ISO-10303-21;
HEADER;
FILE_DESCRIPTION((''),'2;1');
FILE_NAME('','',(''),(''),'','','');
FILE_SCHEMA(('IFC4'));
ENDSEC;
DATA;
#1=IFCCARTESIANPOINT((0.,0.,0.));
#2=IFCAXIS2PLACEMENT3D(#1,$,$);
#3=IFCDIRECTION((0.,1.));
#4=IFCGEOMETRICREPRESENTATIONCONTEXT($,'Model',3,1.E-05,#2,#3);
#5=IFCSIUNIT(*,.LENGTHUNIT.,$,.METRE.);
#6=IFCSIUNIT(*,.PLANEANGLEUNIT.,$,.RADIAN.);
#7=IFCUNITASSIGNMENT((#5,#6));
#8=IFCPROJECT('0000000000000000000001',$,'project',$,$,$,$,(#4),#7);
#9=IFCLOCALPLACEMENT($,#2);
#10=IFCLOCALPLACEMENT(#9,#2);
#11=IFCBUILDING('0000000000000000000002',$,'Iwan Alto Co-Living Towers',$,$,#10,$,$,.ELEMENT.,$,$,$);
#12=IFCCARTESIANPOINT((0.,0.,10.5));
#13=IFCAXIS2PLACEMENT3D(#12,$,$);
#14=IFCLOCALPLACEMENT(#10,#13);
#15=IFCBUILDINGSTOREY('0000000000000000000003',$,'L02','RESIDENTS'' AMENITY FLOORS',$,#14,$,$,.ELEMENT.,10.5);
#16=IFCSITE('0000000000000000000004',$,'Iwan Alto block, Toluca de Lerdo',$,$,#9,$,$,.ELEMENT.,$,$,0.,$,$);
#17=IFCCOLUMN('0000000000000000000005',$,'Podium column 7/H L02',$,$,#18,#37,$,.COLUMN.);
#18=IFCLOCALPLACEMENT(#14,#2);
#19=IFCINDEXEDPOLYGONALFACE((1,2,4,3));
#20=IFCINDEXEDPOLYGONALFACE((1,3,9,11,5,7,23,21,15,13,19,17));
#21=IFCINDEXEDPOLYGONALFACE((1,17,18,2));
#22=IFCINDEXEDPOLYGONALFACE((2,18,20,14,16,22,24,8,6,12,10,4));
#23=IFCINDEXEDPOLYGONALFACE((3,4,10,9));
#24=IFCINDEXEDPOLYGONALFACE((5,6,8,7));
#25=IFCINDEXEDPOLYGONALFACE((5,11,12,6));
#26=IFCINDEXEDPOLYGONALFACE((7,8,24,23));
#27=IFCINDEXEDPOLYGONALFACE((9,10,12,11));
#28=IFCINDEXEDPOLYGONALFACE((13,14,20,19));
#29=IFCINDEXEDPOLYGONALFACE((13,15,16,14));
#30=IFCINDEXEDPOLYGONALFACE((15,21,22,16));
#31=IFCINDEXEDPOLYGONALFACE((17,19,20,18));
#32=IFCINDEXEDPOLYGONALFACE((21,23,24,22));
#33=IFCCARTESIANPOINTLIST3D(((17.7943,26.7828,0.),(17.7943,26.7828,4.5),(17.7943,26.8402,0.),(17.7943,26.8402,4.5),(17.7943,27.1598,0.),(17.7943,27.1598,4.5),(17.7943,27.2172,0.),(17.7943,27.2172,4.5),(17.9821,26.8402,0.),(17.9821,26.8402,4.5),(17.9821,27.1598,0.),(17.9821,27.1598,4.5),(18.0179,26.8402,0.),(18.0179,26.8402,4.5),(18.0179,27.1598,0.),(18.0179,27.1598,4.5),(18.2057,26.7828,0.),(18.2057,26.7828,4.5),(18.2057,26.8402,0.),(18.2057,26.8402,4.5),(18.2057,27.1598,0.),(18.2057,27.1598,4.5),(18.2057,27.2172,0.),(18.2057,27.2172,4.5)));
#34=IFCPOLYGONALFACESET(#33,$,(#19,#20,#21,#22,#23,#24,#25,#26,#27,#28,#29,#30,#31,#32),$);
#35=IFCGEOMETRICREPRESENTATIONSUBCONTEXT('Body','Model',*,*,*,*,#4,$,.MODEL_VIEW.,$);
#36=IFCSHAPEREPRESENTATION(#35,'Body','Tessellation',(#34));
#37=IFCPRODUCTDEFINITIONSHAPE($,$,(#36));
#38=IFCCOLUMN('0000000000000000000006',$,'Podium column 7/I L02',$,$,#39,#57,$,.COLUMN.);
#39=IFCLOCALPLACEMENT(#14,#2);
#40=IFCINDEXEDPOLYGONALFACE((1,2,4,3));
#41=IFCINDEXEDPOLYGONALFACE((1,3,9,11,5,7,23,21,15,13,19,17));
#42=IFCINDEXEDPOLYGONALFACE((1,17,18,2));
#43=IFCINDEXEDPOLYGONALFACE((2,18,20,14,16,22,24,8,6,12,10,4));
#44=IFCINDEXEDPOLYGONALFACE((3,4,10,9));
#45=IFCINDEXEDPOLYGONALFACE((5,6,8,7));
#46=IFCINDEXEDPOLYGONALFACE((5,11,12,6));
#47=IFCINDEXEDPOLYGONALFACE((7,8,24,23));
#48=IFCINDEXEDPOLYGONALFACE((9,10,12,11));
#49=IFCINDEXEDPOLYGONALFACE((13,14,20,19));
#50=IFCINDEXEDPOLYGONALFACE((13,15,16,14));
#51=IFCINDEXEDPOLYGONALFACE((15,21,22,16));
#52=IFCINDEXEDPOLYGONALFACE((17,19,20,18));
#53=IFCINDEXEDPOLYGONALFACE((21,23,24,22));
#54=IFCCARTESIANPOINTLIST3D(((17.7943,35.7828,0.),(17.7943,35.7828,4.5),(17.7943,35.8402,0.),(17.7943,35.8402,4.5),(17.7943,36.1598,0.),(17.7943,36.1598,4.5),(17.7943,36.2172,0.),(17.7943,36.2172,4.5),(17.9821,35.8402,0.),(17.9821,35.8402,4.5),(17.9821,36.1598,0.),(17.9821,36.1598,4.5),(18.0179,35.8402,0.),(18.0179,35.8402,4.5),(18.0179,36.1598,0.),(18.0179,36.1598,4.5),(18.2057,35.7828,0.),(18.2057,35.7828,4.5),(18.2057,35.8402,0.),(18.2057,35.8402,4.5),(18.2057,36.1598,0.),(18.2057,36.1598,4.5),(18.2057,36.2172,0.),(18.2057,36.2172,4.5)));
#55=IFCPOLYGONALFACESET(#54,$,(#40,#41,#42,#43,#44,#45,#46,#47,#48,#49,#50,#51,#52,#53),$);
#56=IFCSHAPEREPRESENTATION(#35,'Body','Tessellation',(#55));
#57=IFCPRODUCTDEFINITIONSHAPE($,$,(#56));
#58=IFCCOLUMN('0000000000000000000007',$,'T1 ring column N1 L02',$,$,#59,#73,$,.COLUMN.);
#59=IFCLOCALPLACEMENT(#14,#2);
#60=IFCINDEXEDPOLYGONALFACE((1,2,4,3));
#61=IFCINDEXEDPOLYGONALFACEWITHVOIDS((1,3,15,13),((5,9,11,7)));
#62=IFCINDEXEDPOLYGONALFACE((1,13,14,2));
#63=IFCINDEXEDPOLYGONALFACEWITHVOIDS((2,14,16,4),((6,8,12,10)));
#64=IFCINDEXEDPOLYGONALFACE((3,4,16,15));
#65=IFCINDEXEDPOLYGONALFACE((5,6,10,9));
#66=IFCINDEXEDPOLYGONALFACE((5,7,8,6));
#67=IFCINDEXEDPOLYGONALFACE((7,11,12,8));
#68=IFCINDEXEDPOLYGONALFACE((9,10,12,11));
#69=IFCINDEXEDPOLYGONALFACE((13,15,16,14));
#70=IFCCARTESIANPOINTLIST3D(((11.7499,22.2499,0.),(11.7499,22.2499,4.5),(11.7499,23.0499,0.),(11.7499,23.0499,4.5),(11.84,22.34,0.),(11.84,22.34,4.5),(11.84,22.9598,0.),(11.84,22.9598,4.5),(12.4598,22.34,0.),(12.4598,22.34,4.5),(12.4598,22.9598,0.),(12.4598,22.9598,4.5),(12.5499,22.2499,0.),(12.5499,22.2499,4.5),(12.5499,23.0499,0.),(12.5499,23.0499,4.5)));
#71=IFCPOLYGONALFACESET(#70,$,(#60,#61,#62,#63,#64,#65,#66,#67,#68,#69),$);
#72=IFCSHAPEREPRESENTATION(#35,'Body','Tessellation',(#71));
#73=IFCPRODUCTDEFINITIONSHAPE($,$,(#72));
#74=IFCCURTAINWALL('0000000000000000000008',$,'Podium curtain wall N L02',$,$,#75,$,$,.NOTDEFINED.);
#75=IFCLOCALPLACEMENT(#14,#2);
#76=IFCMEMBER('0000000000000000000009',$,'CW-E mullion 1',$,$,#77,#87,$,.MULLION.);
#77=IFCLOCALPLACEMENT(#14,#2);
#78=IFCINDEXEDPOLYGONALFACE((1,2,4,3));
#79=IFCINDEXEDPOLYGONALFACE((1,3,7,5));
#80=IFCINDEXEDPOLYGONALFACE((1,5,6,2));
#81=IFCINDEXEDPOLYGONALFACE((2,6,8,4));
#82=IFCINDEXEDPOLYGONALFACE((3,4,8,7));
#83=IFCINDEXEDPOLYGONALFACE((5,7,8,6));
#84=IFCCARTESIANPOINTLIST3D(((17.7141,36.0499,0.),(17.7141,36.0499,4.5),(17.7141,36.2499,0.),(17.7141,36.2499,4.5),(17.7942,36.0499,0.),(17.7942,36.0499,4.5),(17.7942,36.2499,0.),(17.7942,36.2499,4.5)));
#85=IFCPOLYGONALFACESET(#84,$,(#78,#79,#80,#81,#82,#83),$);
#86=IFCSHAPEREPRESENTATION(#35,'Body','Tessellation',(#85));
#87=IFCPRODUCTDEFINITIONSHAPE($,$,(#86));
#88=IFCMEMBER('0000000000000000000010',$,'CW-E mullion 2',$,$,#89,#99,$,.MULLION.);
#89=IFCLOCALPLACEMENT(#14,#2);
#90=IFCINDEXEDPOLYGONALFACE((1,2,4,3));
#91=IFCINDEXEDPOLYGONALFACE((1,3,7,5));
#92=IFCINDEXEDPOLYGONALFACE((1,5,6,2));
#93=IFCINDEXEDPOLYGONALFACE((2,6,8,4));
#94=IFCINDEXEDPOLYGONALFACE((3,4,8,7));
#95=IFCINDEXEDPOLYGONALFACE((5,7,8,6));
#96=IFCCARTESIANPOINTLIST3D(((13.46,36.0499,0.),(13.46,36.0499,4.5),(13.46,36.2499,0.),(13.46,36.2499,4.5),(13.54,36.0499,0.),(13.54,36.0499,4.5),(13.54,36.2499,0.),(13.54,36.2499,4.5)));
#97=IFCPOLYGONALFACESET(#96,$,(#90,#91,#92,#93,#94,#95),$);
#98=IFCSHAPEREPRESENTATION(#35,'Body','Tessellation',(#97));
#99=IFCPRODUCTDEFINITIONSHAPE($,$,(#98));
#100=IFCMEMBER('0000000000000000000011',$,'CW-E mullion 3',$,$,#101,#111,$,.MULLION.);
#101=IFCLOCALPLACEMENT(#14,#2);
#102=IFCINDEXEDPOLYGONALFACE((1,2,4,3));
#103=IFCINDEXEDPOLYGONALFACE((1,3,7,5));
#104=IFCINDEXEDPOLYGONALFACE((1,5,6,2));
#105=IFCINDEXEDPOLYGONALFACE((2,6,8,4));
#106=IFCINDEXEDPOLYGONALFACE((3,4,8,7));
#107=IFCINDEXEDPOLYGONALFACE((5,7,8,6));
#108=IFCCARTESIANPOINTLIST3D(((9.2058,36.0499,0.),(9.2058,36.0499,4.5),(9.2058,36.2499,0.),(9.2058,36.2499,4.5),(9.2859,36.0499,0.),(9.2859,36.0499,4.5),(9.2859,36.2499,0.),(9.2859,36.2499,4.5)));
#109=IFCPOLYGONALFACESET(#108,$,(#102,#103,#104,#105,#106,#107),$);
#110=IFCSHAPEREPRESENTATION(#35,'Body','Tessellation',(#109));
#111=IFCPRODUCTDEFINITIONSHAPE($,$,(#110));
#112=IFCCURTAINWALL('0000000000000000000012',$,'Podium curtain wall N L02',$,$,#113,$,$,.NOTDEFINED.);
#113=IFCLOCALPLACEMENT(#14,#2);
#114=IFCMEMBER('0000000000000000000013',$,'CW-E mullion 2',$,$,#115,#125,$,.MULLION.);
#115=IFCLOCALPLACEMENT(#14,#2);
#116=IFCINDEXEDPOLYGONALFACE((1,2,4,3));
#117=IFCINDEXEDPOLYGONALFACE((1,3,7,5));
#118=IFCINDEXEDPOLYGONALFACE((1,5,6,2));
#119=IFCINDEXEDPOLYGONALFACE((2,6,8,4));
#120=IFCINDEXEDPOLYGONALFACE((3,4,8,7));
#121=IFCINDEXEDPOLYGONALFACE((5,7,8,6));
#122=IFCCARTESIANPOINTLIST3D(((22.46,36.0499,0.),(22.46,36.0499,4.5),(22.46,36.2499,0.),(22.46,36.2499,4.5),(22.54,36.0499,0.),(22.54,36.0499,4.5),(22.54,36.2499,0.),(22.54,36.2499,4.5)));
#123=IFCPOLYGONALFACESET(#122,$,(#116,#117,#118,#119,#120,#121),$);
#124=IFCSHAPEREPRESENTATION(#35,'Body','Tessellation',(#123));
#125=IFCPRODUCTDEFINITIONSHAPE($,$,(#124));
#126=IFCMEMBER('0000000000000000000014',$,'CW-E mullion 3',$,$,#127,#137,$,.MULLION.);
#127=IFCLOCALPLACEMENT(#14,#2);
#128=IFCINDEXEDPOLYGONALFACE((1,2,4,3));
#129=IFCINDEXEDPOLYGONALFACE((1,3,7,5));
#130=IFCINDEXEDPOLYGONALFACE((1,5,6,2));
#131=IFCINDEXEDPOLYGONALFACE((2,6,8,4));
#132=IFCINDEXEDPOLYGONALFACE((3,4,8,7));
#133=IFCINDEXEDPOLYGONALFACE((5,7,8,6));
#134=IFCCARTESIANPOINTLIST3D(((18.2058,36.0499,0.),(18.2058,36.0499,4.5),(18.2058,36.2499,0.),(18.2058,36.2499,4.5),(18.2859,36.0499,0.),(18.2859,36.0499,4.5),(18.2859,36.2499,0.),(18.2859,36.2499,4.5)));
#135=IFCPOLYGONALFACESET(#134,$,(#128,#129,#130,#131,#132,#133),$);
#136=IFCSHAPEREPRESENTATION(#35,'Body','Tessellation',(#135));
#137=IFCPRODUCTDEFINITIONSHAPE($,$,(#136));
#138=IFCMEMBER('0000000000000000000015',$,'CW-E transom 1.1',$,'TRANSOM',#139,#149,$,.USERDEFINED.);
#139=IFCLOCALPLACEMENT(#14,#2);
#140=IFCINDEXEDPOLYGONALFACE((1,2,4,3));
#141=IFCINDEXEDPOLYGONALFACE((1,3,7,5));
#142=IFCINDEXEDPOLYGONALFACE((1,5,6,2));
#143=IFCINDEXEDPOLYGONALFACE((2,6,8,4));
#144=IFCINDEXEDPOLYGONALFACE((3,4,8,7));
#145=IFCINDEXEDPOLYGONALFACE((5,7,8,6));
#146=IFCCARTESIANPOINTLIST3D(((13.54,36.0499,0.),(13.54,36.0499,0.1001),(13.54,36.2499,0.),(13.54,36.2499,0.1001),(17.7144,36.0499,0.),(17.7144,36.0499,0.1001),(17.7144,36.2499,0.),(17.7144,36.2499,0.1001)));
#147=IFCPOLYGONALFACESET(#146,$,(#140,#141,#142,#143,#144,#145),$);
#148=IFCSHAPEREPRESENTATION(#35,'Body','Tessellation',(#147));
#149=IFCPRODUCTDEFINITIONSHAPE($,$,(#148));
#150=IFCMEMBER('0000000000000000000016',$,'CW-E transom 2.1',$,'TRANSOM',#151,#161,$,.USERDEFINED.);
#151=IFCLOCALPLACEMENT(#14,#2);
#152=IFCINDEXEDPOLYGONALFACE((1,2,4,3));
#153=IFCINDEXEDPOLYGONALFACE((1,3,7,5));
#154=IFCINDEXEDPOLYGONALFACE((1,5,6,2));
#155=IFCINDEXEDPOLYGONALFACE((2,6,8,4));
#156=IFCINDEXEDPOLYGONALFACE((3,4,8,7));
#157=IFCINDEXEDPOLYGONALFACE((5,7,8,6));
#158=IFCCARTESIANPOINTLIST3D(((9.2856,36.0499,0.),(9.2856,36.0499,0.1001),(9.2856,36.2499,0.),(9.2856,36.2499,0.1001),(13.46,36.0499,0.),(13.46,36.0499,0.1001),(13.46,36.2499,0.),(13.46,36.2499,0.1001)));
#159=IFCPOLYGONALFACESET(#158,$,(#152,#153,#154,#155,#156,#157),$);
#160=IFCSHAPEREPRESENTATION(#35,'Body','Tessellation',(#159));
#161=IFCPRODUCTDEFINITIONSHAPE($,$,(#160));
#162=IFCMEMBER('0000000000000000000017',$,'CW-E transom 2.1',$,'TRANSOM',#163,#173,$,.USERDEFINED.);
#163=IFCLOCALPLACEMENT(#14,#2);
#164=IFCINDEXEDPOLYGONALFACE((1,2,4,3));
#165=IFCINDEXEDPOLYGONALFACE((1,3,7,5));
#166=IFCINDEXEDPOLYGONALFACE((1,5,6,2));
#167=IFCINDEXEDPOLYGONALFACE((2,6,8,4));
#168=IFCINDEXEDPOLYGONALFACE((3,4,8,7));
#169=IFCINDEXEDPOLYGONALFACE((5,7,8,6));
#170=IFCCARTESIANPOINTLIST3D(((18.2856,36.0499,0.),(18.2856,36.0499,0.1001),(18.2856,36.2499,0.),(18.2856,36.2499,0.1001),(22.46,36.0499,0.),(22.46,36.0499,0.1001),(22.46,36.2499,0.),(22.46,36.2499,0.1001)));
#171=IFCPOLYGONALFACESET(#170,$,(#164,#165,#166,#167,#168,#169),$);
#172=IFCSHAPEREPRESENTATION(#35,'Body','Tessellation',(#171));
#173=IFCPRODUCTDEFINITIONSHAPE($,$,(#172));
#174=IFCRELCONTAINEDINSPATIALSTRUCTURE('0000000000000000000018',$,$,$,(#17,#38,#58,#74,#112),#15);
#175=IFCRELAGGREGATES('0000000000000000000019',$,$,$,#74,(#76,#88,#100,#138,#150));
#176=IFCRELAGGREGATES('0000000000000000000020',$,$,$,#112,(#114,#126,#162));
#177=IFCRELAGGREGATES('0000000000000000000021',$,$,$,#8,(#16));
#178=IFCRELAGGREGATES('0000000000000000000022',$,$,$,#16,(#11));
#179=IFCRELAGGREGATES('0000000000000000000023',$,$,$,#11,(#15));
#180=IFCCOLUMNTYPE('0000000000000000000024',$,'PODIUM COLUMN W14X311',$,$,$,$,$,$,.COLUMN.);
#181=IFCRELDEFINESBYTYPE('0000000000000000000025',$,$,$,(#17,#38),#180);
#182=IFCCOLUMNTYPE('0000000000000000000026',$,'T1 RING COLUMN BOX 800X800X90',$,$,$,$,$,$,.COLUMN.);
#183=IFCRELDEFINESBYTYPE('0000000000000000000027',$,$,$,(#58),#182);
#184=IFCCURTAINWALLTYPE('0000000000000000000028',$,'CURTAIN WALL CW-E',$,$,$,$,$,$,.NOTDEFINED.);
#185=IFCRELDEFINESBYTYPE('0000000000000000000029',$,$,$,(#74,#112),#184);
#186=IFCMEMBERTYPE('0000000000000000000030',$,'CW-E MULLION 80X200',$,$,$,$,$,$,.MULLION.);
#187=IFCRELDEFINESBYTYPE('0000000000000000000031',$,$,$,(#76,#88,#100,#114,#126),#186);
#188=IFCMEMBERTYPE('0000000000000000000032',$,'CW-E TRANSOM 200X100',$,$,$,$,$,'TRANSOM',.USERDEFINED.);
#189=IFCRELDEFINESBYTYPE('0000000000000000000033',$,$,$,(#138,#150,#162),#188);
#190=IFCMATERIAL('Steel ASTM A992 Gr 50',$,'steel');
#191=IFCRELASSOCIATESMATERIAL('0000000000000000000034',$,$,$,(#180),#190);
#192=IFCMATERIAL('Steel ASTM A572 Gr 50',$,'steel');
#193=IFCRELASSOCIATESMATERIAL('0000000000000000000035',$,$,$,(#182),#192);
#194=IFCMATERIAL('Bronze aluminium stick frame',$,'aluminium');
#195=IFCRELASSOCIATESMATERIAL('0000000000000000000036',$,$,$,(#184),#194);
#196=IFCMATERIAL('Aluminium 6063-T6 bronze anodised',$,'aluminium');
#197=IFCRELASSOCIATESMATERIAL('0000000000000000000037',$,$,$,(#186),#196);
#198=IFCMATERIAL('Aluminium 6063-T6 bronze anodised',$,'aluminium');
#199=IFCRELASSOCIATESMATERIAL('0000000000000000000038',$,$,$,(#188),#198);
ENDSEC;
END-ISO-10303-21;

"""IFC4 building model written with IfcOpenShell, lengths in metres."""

from ifc_helpers import new_model, si_unit, direction, frame, origin, origin_2d, place, context, subcontext, project, spatial, rectangle, hollow_rectangle, i_section, extrude, material, material_profile, profile_set, type_object, element, aggregate, save


model = new_model("IFC4")

# Units and contexts
model_context = context("Model", 3, precision=1e-05, world=origin(), true_north=direction((0.0, 1.0)))
body_context = subcontext(model_context, "Body", "Model", "MODEL_VIEW")
ifc_project = project(units=[si_unit("LENGTHUNIT", "METRE"), si_unit("PLANEANGLEUNIT", "RADIAN")], contexts=[model_context])

# Site, building, storey
site_placement = place(None, origin())
site = spatial("IfcSite", under=ifc_project, at=site_placement, Name="Iwan Alto block, Toluca de Lerdo", CompositionType="ELEMENT", RefElevation=0.0)
building_placement = place(site_placement, origin())
building = spatial("IfcBuilding", under=site, at=building_placement, Name="Iwan Alto Co-Living Towers", CompositionType="ELEMENT")
storey_placement = place(building_placement, frame((0.0, 0.0, 10.5)))
storey = spatial("IfcBuildingStorey", under=building, at=storey_placement, Name="L02", Description="RESIDENTS' AMENITY FLOORS", CompositionType="ELEMENT", Elevation=10.5)

# Columns
ifc_material_1 = material(Name="Steel ASTM A992 Gr 50", Category="steel")
ifc_material_profile_1 = material_profile(ifc_material_1, i_section(OverallWidth=0.4114, OverallDepth=0.4343, WebThickness=0.0359, FlangeThickness=0.0574, at=origin_2d()), Name="W14X311")
ifc_profile_set_1 = profile_set([ifc_material_profile_1], Name="Steel ASTM A992 Gr 50")
column_type_1 = type_object("IfcColumnType", Name="PODIUM COLUMN W14X311", PredefinedType="COLUMN", material=ifc_profile_set_1)
for number, where, z_axis, x_axis, name in (
    (1, (18.0, 27.0, 0.0), (0.0, 0.0, 1.0), (1.0, 0.0, 0.0), "Podium column 7/H L02"),
    (2, (18.0, 36.0, 0.0), (0.0, 0.0, 1.0), (1.0, 0.0, 0.0), "Podium column 7/I L02"),
):
    element("IfcColumn", number, at=place(storey_placement, frame(where, z_axis=z_axis, x_axis=x_axis)), inside=storey, type_object=column_type_1, Name=name, PredefinedType="COLUMN", context=body_context, shape_type="SweptSolid", body=[
        extrude(i_section(OverallWidth=0.4114, OverallDepth=0.4343, WebThickness=0.0359, FlangeThickness=0.0574, at=origin_2d()), origin(), (0.0, 0.0, 1.0), 4.5),
    ])
ifc_material_2 = material(Name="Steel ASTM A572 Gr 50", Category="steel")
ifc_material_profile_2 = material_profile(ifc_material_2, hollow_rectangle(XDim=0.8, YDim=0.8, WallThickness=0.0901, at=origin_2d()), Name="BOX 800X800X90")
ifc_profile_set_2 = profile_set([ifc_material_profile_2], Name="Steel ASTM A572 Gr 50")
column_type_2 = type_object("IfcColumnType", Name="T1 RING COLUMN BOX 800X800X90", PredefinedType="COLUMN", material=ifc_profile_set_2)
column_placement = place(storey_placement, frame((12.1499, 22.6499, 0.0), z_axis=(0.0, 0.0, 1.0), x_axis=(1.0, 0.0, 0.0)))
element("IfcColumn", 3, at=column_placement, inside=storey, type_object=column_type_2, Name="T1 ring column N1 L02", PredefinedType="COLUMN", context=body_context, shape_type="SweptSolid", body=[
    extrude(hollow_rectangle(XDim=0.8, YDim=0.8, WallThickness=0.0901, at=origin_2d()), origin(), (0.0, 0.0, 1.0), 4.5),
])

# Curtain walls, members
ifc_material_3 = material(Name="Bronze aluminium stick frame", Category="aluminium")
curtain_wall_type = type_object("IfcCurtainWallType", Name="CURTAIN WALL CW-E", PredefinedType="NOTDEFINED", material=ifc_material_3)
curtain_wall_1_placement = place(storey_placement, origin())
curtain_wall_1 = element("IfcCurtainWall", 4, at=curtain_wall_1_placement, inside=storey, type_object=curtain_wall_type, Name="Podium curtain wall N L02", PredefinedType="NOTDEFINED")
ifc_material_4 = material(Name="Aluminium 6063-T6 bronze anodised", Category="aluminium")
ifc_material_profile_3 = material_profile(ifc_material_4, rectangle(XDim=0.2, YDim=0.0801, at=origin_2d()), Name="AL 80X200")
ifc_profile_set_3 = profile_set([ifc_material_profile_3], Name="Aluminium 6063-T6 bronze anodised")
member_type_1 = type_object("IfcMemberType", Name="CW-E MULLION 80X200", PredefinedType="MULLION", material=ifc_profile_set_3)
member_1_placement = place(storey_placement, frame((17.7542, 36.1499, 0.0), z_axis=(0.0, 0.0, 1.0), x_axis=(0.0, -1.0, 0.0)))
member_1 = element("IfcMember", 5, at=member_1_placement, type_object=member_type_1, Name="CW-E mullion 1", PredefinedType="MULLION", context=body_context, shape_type="SweptSolid", body=[
    extrude(rectangle(XDim=0.2, YDim=0.0801, at=origin_2d()), origin(), (0.0, 0.0, 1.0), 4.5),
])
member_2_placement = place(storey_placement, frame((13.5, 36.1499, 0.0), z_axis=(0.0, 0.0, 1.0), x_axis=(0.0, -1.0, 0.0)))
member_2 = element("IfcMember", 6, at=member_2_placement, type_object=member_type_1, Name="CW-E mullion 2", PredefinedType="MULLION", context=body_context, shape_type="SweptSolid", body=[
    extrude(rectangle(XDim=0.2, YDim=0.0801, at=origin_2d()), origin(), (0.0, 0.0, 1.0), 4.5),
])
member_3_placement = place(storey_placement, frame((9.2458, 36.1499, 0.0), z_axis=(0.0, 0.0, 1.0), x_axis=(0.0, -1.0, 0.0)))
member_3 = element("IfcMember", 7, at=member_3_placement, type_object=member_type_1, Name="CW-E mullion 3", PredefinedType="MULLION", context=body_context, shape_type="SweptSolid", body=[
    extrude(rectangle(XDim=0.2, YDim=0.0801, at=origin_2d()), origin(), (0.0, 0.0, 1.0), 4.5),
])
curtain_wall_2_placement = place(storey_placement, origin())
curtain_wall_2 = element("IfcCurtainWall", 8, at=curtain_wall_2_placement, inside=storey, type_object=curtain_wall_type, Name="Podium curtain wall N L02", PredefinedType="NOTDEFINED")
member_4_placement = place(storey_placement, frame((22.5, 36.1499, 0.0), z_axis=(0.0, 0.0, 1.0), x_axis=(0.0, -1.0, 0.0)))
member_4 = element("IfcMember", 9, at=member_4_placement, type_object=member_type_1, Name="CW-E mullion 2", PredefinedType="MULLION", context=body_context, shape_type="SweptSolid", body=[
    extrude(rectangle(XDim=0.2, YDim=0.0801, at=origin_2d()), origin(), (0.0, 0.0, 1.0), 4.5),
])
member_5_placement = place(storey_placement, frame((18.2458, 36.1499, 0.0), z_axis=(0.0, 0.0, 1.0), x_axis=(0.0, -1.0, 0.0)))
member_5 = element("IfcMember", 10, at=member_5_placement, type_object=member_type_1, Name="CW-E mullion 3", PredefinedType="MULLION", context=body_context, shape_type="SweptSolid", body=[
    extrude(rectangle(XDim=0.2, YDim=0.0801, at=origin_2d()), origin(), (0.0, 0.0, 1.0), 4.5),
])

# Members
ifc_material_5 = material(Name="Aluminium 6063-T6 bronze anodised", Category="aluminium")
ifc_material_profile_4 = material_profile(ifc_material_5, rectangle(XDim=0.2, YDim=0.1001, at=origin_2d()), Name="AL 200X100")
ifc_profile_set_4 = profile_set([ifc_material_profile_4], Name="Aluminium 6063-T6 bronze anodised")
member_type_2 = type_object("IfcMemberType", Name="CW-E TRANSOM 200X100", ElementType="TRANSOM", PredefinedType="USERDEFINED", material=ifc_profile_set_4)
member_6_placement = place(storey_placement, frame((17.7144, 36.1499, 0.05), z_axis=(-1.0, 0.0, 0.0), x_axis=(0.0, -1.0, 0.0)))
member_6 = element("IfcMember", 11, at=member_6_placement, type_object=member_type_2, Name="CW-E transom 1.1", ObjectType="TRANSOM", PredefinedType="USERDEFINED", context=body_context, shape_type="SweptSolid", body=[
    extrude(rectangle(XDim=0.2, YDim=0.1001, at=origin_2d()), origin(), (0.0, 0.0, 1.0), 4.1743),
])
member_7_placement = place(storey_placement, frame((13.46, 36.1499, 0.05), z_axis=(-1.0, 0.0, 0.0), x_axis=(0.0, -1.0, 0.0)))
member_7 = element("IfcMember", 12, at=member_7_placement, type_object=member_type_2, Name="CW-E transom 2.1", ObjectType="TRANSOM", PredefinedType="USERDEFINED", context=body_context, shape_type="SweptSolid", body=[
    extrude(rectangle(XDim=0.2, YDim=0.1001, at=origin_2d()), origin(), (0.0, 0.0, 1.0), 4.1743),
])
member_8_placement = place(storey_placement, frame((22.46, 36.1499, 0.05), z_axis=(-1.0, 0.0, 0.0), x_axis=(0.0, -1.0, 0.0)))
member_8 = element("IfcMember", 13, at=member_8_placement, type_object=member_type_2, Name="CW-E transom 2.1", ObjectType="TRANSOM", PredefinedType="USERDEFINED", context=body_context, shape_type="SweptSolid", body=[
    extrude(rectangle(XDim=0.2, YDim=0.1001, at=origin_2d()), origin(), (0.0, 0.0, 1.0), 4.1743),
])

aggregate(curtain_wall_1, [member_1, member_2, member_3, member_6, member_7])
aggregate(curtain_wall_2, [member_4, member_5, member_8])

save(model, "model.ifc")
